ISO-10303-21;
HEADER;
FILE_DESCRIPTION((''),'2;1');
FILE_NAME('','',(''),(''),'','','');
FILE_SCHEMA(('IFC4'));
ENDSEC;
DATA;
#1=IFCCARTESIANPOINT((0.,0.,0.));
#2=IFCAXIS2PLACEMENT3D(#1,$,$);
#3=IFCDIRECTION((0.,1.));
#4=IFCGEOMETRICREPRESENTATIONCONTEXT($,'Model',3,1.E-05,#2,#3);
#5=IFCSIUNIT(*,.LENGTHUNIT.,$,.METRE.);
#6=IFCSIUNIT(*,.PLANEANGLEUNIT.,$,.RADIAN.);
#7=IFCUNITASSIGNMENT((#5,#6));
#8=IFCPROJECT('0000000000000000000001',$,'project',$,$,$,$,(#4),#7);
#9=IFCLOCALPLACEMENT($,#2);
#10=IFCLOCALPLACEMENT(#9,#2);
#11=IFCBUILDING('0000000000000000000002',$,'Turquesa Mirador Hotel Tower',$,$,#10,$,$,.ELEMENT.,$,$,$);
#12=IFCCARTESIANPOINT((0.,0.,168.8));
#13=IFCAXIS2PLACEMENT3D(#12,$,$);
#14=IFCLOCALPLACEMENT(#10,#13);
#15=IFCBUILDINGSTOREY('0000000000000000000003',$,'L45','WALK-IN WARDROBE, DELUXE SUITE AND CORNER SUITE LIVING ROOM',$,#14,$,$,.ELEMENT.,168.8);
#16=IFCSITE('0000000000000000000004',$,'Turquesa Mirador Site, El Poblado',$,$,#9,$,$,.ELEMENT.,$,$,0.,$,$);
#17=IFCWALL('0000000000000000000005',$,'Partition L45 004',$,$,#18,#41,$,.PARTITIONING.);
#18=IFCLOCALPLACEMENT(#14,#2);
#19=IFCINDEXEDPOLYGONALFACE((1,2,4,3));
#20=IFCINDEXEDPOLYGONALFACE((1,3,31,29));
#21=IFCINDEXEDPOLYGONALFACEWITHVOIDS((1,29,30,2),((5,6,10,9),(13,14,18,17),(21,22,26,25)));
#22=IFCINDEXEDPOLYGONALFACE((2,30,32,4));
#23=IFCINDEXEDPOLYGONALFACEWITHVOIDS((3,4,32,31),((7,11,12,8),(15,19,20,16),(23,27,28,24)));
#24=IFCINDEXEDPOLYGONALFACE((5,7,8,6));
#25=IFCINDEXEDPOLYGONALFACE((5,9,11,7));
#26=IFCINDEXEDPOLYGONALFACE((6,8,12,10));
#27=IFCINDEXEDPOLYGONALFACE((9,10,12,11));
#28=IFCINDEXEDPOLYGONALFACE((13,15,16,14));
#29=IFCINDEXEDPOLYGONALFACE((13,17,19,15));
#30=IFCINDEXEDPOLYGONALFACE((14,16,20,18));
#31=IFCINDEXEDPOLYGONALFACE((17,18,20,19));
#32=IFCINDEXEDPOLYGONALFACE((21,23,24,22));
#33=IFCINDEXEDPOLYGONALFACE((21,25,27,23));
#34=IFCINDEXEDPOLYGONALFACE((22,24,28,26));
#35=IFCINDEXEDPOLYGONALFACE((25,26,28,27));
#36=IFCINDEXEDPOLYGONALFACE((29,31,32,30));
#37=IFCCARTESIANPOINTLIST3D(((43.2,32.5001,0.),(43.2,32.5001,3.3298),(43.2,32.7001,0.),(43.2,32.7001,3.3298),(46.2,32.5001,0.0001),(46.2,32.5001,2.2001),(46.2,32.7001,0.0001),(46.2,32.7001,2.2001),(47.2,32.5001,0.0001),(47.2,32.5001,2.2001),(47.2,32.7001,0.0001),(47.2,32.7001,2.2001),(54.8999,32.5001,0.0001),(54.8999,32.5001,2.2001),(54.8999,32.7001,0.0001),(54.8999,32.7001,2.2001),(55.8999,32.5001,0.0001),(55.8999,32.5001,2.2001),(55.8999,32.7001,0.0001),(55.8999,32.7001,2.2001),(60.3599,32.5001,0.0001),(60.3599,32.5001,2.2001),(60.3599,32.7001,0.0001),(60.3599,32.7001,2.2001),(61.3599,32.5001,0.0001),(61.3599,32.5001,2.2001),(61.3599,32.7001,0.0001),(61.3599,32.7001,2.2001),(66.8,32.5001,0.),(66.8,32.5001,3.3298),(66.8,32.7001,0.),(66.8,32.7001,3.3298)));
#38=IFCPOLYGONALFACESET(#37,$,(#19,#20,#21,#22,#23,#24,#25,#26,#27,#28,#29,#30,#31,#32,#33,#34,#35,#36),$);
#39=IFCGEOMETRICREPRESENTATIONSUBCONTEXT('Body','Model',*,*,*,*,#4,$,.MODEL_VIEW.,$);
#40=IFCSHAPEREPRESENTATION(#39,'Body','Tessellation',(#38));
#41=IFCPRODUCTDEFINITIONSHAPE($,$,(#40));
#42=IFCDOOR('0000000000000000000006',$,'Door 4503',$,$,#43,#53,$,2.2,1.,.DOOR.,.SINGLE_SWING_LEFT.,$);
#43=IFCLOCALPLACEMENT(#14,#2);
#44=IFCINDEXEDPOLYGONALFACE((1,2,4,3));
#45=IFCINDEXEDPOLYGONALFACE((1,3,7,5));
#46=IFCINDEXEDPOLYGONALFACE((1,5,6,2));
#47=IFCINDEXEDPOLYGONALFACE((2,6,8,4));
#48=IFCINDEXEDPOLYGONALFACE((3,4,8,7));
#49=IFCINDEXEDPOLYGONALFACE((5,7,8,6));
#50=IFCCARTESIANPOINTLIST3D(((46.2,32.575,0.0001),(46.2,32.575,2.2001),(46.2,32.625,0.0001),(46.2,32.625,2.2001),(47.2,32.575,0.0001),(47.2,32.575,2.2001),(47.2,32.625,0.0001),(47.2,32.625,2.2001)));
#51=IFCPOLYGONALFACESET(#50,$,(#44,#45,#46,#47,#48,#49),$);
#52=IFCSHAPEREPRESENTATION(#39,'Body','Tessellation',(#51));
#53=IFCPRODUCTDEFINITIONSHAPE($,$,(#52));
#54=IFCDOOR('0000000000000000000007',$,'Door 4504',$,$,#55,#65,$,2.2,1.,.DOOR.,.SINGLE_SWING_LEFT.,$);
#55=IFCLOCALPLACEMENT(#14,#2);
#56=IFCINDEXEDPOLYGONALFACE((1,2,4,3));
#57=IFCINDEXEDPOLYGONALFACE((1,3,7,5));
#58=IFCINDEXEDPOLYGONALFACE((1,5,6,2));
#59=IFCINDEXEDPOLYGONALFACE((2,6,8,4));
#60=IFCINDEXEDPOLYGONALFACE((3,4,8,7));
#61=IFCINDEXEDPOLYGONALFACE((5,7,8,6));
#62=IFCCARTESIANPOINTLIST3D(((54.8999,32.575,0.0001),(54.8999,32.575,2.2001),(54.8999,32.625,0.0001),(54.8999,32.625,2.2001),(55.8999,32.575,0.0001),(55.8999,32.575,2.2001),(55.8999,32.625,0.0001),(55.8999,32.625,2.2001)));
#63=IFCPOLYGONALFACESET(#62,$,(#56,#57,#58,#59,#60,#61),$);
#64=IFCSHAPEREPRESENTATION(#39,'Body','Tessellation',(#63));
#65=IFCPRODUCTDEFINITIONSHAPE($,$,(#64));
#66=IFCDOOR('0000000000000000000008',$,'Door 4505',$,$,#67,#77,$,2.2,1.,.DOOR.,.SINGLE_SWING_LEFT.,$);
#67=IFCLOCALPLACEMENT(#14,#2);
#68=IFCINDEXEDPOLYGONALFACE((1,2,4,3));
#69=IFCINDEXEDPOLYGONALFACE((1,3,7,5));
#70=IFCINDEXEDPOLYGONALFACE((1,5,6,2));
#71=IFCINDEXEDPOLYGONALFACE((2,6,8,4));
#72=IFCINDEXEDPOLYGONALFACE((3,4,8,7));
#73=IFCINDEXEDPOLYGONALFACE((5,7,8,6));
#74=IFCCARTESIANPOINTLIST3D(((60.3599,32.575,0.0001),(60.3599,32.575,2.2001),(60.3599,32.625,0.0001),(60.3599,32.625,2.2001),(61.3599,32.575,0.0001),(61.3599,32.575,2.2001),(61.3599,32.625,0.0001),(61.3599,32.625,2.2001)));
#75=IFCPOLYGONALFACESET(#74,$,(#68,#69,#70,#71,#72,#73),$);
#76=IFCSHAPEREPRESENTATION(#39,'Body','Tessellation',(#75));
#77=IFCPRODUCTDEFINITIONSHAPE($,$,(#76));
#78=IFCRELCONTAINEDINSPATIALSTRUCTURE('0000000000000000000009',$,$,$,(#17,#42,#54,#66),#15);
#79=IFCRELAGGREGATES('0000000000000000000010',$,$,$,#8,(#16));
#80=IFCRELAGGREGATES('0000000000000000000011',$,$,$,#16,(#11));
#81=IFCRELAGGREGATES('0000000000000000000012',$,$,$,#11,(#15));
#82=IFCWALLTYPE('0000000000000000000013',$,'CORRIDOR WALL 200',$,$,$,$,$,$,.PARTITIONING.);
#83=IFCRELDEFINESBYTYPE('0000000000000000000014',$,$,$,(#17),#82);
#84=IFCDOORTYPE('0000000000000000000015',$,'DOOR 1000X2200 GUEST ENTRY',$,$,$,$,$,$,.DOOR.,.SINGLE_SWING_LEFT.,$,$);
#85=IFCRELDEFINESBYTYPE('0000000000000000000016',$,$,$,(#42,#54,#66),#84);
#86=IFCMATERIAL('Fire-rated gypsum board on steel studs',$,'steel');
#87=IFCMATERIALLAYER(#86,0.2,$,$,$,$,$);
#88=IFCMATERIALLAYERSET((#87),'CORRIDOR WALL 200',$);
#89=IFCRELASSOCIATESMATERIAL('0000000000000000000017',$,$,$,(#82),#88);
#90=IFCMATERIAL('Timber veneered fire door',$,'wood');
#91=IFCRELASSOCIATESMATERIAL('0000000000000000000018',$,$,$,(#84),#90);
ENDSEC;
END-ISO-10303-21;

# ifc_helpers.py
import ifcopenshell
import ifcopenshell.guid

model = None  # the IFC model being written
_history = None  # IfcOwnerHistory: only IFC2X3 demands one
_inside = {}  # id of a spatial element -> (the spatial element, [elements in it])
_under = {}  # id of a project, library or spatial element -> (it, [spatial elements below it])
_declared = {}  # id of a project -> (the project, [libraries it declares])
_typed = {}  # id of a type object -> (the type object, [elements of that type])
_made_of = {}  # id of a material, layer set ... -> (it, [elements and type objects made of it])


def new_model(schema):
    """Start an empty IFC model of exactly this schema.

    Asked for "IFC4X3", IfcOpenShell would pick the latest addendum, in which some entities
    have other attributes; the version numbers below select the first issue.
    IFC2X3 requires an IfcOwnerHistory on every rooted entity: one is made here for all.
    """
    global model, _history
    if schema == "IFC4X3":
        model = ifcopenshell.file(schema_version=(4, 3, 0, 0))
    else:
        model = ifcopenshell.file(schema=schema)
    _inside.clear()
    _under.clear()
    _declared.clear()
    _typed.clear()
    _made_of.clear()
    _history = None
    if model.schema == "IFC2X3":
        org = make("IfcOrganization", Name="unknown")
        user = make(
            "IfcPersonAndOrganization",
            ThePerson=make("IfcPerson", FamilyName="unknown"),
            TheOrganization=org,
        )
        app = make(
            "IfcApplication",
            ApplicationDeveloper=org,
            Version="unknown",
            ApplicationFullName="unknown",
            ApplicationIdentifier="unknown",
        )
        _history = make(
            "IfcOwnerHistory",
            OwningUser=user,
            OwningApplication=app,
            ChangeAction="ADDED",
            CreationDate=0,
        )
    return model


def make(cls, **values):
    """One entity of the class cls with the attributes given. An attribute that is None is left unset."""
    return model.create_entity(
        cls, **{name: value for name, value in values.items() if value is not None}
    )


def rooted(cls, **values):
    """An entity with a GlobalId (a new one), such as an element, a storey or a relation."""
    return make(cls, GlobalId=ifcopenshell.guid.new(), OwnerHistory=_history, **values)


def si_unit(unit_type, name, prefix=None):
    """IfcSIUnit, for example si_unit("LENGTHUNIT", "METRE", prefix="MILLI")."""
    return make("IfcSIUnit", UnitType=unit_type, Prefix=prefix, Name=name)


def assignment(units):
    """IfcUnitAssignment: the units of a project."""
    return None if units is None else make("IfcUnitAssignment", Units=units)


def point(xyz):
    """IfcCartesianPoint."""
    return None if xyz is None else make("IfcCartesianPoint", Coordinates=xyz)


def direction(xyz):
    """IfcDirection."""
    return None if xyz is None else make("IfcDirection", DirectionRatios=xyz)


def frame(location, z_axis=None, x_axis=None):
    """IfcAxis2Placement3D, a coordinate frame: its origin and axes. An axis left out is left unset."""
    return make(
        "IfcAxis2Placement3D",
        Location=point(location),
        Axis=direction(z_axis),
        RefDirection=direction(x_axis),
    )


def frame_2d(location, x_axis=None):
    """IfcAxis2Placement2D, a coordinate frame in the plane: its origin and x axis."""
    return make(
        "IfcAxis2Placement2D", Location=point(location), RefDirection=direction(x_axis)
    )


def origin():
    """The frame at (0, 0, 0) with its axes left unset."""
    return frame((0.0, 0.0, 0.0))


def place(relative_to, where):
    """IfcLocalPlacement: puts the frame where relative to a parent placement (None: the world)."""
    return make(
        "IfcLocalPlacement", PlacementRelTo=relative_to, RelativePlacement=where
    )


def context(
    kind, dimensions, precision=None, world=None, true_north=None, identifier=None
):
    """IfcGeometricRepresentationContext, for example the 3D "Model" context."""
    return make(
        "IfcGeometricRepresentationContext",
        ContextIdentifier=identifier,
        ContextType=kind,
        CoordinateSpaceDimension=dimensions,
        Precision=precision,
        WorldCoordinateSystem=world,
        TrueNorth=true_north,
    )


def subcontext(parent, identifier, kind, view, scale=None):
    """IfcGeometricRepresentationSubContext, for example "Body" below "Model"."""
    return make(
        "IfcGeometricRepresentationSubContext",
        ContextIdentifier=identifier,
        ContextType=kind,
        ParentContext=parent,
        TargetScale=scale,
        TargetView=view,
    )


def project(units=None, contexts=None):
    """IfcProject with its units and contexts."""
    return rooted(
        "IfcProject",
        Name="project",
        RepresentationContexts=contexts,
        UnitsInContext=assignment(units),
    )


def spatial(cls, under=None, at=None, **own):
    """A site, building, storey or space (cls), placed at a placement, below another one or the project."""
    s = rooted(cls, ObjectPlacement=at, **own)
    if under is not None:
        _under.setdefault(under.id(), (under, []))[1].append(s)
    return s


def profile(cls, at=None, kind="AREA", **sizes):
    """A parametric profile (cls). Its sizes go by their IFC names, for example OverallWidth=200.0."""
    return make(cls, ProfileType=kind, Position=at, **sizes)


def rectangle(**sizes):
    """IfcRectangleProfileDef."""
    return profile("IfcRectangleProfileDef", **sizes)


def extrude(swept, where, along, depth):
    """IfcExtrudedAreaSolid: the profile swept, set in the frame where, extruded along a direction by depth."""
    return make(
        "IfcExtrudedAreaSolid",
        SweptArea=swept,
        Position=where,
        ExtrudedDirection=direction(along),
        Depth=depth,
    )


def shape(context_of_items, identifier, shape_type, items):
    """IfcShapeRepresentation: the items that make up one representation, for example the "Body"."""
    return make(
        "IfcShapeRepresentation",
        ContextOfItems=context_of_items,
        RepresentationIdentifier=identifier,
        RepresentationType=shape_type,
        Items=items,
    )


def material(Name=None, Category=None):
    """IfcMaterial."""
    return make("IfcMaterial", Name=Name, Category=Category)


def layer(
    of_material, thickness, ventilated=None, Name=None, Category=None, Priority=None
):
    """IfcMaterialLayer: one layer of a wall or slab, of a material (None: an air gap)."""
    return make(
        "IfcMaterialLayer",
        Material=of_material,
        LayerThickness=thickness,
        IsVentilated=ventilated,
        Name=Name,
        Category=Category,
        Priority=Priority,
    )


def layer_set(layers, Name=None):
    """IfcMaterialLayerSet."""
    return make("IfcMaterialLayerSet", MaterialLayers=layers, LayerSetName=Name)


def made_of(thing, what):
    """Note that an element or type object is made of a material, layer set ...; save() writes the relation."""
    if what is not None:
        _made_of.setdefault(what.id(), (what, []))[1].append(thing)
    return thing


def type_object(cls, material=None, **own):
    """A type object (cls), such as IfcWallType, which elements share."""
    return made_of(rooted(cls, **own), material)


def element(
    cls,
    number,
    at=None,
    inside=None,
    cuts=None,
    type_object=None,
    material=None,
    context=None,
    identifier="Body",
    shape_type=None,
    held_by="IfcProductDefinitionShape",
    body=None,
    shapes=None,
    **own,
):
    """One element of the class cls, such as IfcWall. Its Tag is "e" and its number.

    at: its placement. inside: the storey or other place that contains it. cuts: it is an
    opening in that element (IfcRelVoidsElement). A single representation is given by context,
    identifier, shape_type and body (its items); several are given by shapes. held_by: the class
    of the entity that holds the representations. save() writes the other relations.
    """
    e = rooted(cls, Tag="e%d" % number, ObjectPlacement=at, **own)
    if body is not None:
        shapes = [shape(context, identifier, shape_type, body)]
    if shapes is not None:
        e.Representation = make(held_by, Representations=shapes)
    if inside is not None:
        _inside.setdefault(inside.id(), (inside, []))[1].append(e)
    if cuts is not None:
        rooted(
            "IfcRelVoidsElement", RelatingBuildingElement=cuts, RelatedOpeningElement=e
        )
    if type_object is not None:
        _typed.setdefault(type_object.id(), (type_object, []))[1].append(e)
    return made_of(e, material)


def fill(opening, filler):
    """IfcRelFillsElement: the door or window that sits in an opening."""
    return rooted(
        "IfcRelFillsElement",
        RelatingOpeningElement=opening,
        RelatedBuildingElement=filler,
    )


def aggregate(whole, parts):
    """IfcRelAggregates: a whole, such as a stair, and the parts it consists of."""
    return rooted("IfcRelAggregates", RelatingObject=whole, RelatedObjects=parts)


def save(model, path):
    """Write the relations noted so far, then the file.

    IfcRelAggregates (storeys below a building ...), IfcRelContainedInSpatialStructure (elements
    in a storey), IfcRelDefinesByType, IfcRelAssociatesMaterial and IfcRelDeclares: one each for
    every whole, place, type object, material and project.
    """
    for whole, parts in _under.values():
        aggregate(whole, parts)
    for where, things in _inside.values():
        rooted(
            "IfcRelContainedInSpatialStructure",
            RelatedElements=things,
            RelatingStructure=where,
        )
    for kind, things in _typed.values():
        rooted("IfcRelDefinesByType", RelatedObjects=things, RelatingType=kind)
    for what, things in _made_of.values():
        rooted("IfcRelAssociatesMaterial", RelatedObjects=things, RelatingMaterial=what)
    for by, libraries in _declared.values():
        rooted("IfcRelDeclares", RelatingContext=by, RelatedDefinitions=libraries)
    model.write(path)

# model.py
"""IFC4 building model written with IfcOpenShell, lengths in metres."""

from ifc_helpers import new_model, si_unit, direction, frame, frame_2d, origin, place, context, subcontext, project, spatial, rectangle, extrude, material, layer, layer_set, type_object, element, fill, save


model = new_model("IFC4")

# Units and contexts
model_context = context("Model", 3, precision=1e-05, world=origin(), true_north=direction((0.0, 1.0)))
body_context = subcontext(model_context, "Body", "Model", "MODEL_VIEW")
ifc_project = project(units=[si_unit("LENGTHUNIT", "METRE"), si_unit("PLANEANGLEUNIT", "RADIAN")], contexts=[model_context])

# Site, building, storey
site_placement = place(None, origin())
site = spatial("IfcSite", under=ifc_project, at=site_placement, Name="Turquesa Mirador Site, El Poblado", CompositionType="ELEMENT", RefElevation=0.0)
building_placement = place(site_placement, origin())
building = spatial("IfcBuilding", under=site, at=building_placement, Name="Turquesa Mirador Hotel Tower", CompositionType="ELEMENT")
storey_placement = place(building_placement, frame((0.0, 0.0, 168.8)))
storey = spatial("IfcBuildingStorey", under=building, at=storey_placement, Name="L45", Description="WALK-IN WARDROBE, DELUXE SUITE AND CORNER SUITE LIVING ROOM", CompositionType="ELEMENT", Elevation=168.8)

# Wall, openings, doors
ifc_material_1 = material(Name="Fire-rated gypsum board on steel studs", Category="steel")
ifc_layer_1 = layer(ifc_material_1, 0.2)
ifc_layer_set_1 = layer_set([ifc_layer_1], Name="CORRIDOR WALL 200")
wall_type_1 = type_object("IfcWallType", Name="CORRIDOR WALL 200", PredefinedType="PARTITIONING", material=ifc_layer_set_1)
wall_1_placement = place(storey_placement, frame((43.2, 32.6001, 0.0), z_axis=(0.0, 0.0, 1.0), x_axis=(1.0, 0.0, 0.0)))
wall_1 = element("IfcWall", 1, at=wall_1_placement, inside=storey, type_object=wall_type_1, Name="Partition L45 004", PredefinedType="PARTITIONING", context=body_context, shape_type="SweptSolid", body=[
    extrude(rectangle(XDim=23.6001, YDim=0.2, at=frame_2d((11.8, 0.0))), origin(), (0.0, 0.0, 1.0), 3.3298),
])
opening_1_placement = place(wall_1_placement, frame((3.0, 0.0, 0.0)))
opening_1 = element("IfcOpeningElement", 2, at=opening_1_placement, cuts=wall_1, PredefinedType="OPENING", context=body_context, shape_type="SweptSolid", body=[
    extrude(rectangle(XDim=1.0, YDim=2.2, at=frame_2d((0.5, 1.1001))), frame((0.0, 0.1099, 0.0), z_axis=(0.0, -1.0, 0.0), x_axis=(1.0, 0.0, 0.0)), (0.0, 0.0, 1.0), 0.22),
])
opening_2_placement = place(wall_1_placement, frame((11.7, 0.0, 0.0)))
opening_2 = element("IfcOpeningElement", 3, at=opening_2_placement, cuts=wall_1, PredefinedType="OPENING", context=body_context, shape_type="SweptSolid", body=[
    extrude(rectangle(XDim=1.0, YDim=2.2, at=frame_2d((0.5, 1.1001))), frame((0.0, 0.1099, 0.0), z_axis=(0.0, -1.0, 0.0), x_axis=(1.0, 0.0, 0.0)), (0.0, 0.0, 1.0), 0.22),
])
opening_3_placement = place(wall_1_placement, frame((17.1599, 0.0, 0.0)))
opening_3 = element("IfcOpeningElement", 4, at=opening_3_placement, cuts=wall_1, PredefinedType="OPENING", context=body_context, shape_type="SweptSolid", body=[
    extrude(rectangle(XDim=1.0, YDim=2.2, at=frame_2d((0.5, 1.1001))), frame((0.0, 0.1099, 0.0), z_axis=(0.0, -1.0, 0.0), x_axis=(1.0, 0.0, 0.0)), (0.0, 0.0, 1.0), 0.22),
])
ifc_material_2 = material(Name="Timber veneered fire door", Category="wood")
door_type_1 = type_object("IfcDoorType", Name="DOOR 1000X2200 GUEST ENTRY", OperationType="SINGLE_SWING_LEFT", PredefinedType="DOOR", material=ifc_material_2)
door_1_placement = place(opening_1_placement, origin())
door_1 = element("IfcDoor", 5, at=door_1_placement, inside=storey, type_object=door_type_1, Name="Door 4503", OperationType="SINGLE_SWING_LEFT", OverallHeight=2.2, OverallWidth=1.0, PredefinedType="DOOR", context=body_context, shape_type="SweptSolid", body=[
    extrude(rectangle(XDim=1.0, YDim=2.2, at=frame_2d((0.5, 1.1001))), frame((0.0, 0.0249, 0.0), z_axis=(0.0, -1.0, 0.0), x_axis=(1.0, 0.0, 0.0)), (0.0, 0.0, 1.0), 0.05),
])
fill(opening_1, door_1)
door_2_placement = place(opening_2_placement, origin())
door_2 = element("IfcDoor", 6, at=door_2_placement, inside=storey, type_object=door_type_1, Name="Door 4504", OperationType="SINGLE_SWING_LEFT", OverallHeight=2.2, OverallWidth=1.0, PredefinedType="DOOR", context=body_context, shape_type="SweptSolid", body=[
    extrude(rectangle(XDim=1.0, YDim=2.2, at=frame_2d((0.5, 1.1001))), frame((0.0, 0.0249, 0.0), z_axis=(0.0, -1.0, 0.0), x_axis=(1.0, 0.0, 0.0)), (0.0, 0.0, 1.0), 0.05),
])
fill(opening_2, door_2)
door_3_placement = place(opening_3_placement, origin())
door_3 = element("IfcDoor", 7, at=door_3_placement, inside=storey, type_object=door_type_1, Name="Door 4505", OperationType="SINGLE_SWING_LEFT", OverallHeight=2.2, OverallWidth=1.0, PredefinedType="DOOR", context=body_context, shape_type="SweptSolid", body=[
    extrude(rectangle(XDim=1.0, YDim=2.2, at=frame_2d((0.5, 1.1001))), frame((0.0, 0.0249, 0.0), z_axis=(0.0, -1.0, 0.0), x_axis=(1.0, 0.0, 0.0)), (0.0, 0.0, 1.0), 0.05),
])
fill(opening_3, door_3)

save(model, "model.ifc")
